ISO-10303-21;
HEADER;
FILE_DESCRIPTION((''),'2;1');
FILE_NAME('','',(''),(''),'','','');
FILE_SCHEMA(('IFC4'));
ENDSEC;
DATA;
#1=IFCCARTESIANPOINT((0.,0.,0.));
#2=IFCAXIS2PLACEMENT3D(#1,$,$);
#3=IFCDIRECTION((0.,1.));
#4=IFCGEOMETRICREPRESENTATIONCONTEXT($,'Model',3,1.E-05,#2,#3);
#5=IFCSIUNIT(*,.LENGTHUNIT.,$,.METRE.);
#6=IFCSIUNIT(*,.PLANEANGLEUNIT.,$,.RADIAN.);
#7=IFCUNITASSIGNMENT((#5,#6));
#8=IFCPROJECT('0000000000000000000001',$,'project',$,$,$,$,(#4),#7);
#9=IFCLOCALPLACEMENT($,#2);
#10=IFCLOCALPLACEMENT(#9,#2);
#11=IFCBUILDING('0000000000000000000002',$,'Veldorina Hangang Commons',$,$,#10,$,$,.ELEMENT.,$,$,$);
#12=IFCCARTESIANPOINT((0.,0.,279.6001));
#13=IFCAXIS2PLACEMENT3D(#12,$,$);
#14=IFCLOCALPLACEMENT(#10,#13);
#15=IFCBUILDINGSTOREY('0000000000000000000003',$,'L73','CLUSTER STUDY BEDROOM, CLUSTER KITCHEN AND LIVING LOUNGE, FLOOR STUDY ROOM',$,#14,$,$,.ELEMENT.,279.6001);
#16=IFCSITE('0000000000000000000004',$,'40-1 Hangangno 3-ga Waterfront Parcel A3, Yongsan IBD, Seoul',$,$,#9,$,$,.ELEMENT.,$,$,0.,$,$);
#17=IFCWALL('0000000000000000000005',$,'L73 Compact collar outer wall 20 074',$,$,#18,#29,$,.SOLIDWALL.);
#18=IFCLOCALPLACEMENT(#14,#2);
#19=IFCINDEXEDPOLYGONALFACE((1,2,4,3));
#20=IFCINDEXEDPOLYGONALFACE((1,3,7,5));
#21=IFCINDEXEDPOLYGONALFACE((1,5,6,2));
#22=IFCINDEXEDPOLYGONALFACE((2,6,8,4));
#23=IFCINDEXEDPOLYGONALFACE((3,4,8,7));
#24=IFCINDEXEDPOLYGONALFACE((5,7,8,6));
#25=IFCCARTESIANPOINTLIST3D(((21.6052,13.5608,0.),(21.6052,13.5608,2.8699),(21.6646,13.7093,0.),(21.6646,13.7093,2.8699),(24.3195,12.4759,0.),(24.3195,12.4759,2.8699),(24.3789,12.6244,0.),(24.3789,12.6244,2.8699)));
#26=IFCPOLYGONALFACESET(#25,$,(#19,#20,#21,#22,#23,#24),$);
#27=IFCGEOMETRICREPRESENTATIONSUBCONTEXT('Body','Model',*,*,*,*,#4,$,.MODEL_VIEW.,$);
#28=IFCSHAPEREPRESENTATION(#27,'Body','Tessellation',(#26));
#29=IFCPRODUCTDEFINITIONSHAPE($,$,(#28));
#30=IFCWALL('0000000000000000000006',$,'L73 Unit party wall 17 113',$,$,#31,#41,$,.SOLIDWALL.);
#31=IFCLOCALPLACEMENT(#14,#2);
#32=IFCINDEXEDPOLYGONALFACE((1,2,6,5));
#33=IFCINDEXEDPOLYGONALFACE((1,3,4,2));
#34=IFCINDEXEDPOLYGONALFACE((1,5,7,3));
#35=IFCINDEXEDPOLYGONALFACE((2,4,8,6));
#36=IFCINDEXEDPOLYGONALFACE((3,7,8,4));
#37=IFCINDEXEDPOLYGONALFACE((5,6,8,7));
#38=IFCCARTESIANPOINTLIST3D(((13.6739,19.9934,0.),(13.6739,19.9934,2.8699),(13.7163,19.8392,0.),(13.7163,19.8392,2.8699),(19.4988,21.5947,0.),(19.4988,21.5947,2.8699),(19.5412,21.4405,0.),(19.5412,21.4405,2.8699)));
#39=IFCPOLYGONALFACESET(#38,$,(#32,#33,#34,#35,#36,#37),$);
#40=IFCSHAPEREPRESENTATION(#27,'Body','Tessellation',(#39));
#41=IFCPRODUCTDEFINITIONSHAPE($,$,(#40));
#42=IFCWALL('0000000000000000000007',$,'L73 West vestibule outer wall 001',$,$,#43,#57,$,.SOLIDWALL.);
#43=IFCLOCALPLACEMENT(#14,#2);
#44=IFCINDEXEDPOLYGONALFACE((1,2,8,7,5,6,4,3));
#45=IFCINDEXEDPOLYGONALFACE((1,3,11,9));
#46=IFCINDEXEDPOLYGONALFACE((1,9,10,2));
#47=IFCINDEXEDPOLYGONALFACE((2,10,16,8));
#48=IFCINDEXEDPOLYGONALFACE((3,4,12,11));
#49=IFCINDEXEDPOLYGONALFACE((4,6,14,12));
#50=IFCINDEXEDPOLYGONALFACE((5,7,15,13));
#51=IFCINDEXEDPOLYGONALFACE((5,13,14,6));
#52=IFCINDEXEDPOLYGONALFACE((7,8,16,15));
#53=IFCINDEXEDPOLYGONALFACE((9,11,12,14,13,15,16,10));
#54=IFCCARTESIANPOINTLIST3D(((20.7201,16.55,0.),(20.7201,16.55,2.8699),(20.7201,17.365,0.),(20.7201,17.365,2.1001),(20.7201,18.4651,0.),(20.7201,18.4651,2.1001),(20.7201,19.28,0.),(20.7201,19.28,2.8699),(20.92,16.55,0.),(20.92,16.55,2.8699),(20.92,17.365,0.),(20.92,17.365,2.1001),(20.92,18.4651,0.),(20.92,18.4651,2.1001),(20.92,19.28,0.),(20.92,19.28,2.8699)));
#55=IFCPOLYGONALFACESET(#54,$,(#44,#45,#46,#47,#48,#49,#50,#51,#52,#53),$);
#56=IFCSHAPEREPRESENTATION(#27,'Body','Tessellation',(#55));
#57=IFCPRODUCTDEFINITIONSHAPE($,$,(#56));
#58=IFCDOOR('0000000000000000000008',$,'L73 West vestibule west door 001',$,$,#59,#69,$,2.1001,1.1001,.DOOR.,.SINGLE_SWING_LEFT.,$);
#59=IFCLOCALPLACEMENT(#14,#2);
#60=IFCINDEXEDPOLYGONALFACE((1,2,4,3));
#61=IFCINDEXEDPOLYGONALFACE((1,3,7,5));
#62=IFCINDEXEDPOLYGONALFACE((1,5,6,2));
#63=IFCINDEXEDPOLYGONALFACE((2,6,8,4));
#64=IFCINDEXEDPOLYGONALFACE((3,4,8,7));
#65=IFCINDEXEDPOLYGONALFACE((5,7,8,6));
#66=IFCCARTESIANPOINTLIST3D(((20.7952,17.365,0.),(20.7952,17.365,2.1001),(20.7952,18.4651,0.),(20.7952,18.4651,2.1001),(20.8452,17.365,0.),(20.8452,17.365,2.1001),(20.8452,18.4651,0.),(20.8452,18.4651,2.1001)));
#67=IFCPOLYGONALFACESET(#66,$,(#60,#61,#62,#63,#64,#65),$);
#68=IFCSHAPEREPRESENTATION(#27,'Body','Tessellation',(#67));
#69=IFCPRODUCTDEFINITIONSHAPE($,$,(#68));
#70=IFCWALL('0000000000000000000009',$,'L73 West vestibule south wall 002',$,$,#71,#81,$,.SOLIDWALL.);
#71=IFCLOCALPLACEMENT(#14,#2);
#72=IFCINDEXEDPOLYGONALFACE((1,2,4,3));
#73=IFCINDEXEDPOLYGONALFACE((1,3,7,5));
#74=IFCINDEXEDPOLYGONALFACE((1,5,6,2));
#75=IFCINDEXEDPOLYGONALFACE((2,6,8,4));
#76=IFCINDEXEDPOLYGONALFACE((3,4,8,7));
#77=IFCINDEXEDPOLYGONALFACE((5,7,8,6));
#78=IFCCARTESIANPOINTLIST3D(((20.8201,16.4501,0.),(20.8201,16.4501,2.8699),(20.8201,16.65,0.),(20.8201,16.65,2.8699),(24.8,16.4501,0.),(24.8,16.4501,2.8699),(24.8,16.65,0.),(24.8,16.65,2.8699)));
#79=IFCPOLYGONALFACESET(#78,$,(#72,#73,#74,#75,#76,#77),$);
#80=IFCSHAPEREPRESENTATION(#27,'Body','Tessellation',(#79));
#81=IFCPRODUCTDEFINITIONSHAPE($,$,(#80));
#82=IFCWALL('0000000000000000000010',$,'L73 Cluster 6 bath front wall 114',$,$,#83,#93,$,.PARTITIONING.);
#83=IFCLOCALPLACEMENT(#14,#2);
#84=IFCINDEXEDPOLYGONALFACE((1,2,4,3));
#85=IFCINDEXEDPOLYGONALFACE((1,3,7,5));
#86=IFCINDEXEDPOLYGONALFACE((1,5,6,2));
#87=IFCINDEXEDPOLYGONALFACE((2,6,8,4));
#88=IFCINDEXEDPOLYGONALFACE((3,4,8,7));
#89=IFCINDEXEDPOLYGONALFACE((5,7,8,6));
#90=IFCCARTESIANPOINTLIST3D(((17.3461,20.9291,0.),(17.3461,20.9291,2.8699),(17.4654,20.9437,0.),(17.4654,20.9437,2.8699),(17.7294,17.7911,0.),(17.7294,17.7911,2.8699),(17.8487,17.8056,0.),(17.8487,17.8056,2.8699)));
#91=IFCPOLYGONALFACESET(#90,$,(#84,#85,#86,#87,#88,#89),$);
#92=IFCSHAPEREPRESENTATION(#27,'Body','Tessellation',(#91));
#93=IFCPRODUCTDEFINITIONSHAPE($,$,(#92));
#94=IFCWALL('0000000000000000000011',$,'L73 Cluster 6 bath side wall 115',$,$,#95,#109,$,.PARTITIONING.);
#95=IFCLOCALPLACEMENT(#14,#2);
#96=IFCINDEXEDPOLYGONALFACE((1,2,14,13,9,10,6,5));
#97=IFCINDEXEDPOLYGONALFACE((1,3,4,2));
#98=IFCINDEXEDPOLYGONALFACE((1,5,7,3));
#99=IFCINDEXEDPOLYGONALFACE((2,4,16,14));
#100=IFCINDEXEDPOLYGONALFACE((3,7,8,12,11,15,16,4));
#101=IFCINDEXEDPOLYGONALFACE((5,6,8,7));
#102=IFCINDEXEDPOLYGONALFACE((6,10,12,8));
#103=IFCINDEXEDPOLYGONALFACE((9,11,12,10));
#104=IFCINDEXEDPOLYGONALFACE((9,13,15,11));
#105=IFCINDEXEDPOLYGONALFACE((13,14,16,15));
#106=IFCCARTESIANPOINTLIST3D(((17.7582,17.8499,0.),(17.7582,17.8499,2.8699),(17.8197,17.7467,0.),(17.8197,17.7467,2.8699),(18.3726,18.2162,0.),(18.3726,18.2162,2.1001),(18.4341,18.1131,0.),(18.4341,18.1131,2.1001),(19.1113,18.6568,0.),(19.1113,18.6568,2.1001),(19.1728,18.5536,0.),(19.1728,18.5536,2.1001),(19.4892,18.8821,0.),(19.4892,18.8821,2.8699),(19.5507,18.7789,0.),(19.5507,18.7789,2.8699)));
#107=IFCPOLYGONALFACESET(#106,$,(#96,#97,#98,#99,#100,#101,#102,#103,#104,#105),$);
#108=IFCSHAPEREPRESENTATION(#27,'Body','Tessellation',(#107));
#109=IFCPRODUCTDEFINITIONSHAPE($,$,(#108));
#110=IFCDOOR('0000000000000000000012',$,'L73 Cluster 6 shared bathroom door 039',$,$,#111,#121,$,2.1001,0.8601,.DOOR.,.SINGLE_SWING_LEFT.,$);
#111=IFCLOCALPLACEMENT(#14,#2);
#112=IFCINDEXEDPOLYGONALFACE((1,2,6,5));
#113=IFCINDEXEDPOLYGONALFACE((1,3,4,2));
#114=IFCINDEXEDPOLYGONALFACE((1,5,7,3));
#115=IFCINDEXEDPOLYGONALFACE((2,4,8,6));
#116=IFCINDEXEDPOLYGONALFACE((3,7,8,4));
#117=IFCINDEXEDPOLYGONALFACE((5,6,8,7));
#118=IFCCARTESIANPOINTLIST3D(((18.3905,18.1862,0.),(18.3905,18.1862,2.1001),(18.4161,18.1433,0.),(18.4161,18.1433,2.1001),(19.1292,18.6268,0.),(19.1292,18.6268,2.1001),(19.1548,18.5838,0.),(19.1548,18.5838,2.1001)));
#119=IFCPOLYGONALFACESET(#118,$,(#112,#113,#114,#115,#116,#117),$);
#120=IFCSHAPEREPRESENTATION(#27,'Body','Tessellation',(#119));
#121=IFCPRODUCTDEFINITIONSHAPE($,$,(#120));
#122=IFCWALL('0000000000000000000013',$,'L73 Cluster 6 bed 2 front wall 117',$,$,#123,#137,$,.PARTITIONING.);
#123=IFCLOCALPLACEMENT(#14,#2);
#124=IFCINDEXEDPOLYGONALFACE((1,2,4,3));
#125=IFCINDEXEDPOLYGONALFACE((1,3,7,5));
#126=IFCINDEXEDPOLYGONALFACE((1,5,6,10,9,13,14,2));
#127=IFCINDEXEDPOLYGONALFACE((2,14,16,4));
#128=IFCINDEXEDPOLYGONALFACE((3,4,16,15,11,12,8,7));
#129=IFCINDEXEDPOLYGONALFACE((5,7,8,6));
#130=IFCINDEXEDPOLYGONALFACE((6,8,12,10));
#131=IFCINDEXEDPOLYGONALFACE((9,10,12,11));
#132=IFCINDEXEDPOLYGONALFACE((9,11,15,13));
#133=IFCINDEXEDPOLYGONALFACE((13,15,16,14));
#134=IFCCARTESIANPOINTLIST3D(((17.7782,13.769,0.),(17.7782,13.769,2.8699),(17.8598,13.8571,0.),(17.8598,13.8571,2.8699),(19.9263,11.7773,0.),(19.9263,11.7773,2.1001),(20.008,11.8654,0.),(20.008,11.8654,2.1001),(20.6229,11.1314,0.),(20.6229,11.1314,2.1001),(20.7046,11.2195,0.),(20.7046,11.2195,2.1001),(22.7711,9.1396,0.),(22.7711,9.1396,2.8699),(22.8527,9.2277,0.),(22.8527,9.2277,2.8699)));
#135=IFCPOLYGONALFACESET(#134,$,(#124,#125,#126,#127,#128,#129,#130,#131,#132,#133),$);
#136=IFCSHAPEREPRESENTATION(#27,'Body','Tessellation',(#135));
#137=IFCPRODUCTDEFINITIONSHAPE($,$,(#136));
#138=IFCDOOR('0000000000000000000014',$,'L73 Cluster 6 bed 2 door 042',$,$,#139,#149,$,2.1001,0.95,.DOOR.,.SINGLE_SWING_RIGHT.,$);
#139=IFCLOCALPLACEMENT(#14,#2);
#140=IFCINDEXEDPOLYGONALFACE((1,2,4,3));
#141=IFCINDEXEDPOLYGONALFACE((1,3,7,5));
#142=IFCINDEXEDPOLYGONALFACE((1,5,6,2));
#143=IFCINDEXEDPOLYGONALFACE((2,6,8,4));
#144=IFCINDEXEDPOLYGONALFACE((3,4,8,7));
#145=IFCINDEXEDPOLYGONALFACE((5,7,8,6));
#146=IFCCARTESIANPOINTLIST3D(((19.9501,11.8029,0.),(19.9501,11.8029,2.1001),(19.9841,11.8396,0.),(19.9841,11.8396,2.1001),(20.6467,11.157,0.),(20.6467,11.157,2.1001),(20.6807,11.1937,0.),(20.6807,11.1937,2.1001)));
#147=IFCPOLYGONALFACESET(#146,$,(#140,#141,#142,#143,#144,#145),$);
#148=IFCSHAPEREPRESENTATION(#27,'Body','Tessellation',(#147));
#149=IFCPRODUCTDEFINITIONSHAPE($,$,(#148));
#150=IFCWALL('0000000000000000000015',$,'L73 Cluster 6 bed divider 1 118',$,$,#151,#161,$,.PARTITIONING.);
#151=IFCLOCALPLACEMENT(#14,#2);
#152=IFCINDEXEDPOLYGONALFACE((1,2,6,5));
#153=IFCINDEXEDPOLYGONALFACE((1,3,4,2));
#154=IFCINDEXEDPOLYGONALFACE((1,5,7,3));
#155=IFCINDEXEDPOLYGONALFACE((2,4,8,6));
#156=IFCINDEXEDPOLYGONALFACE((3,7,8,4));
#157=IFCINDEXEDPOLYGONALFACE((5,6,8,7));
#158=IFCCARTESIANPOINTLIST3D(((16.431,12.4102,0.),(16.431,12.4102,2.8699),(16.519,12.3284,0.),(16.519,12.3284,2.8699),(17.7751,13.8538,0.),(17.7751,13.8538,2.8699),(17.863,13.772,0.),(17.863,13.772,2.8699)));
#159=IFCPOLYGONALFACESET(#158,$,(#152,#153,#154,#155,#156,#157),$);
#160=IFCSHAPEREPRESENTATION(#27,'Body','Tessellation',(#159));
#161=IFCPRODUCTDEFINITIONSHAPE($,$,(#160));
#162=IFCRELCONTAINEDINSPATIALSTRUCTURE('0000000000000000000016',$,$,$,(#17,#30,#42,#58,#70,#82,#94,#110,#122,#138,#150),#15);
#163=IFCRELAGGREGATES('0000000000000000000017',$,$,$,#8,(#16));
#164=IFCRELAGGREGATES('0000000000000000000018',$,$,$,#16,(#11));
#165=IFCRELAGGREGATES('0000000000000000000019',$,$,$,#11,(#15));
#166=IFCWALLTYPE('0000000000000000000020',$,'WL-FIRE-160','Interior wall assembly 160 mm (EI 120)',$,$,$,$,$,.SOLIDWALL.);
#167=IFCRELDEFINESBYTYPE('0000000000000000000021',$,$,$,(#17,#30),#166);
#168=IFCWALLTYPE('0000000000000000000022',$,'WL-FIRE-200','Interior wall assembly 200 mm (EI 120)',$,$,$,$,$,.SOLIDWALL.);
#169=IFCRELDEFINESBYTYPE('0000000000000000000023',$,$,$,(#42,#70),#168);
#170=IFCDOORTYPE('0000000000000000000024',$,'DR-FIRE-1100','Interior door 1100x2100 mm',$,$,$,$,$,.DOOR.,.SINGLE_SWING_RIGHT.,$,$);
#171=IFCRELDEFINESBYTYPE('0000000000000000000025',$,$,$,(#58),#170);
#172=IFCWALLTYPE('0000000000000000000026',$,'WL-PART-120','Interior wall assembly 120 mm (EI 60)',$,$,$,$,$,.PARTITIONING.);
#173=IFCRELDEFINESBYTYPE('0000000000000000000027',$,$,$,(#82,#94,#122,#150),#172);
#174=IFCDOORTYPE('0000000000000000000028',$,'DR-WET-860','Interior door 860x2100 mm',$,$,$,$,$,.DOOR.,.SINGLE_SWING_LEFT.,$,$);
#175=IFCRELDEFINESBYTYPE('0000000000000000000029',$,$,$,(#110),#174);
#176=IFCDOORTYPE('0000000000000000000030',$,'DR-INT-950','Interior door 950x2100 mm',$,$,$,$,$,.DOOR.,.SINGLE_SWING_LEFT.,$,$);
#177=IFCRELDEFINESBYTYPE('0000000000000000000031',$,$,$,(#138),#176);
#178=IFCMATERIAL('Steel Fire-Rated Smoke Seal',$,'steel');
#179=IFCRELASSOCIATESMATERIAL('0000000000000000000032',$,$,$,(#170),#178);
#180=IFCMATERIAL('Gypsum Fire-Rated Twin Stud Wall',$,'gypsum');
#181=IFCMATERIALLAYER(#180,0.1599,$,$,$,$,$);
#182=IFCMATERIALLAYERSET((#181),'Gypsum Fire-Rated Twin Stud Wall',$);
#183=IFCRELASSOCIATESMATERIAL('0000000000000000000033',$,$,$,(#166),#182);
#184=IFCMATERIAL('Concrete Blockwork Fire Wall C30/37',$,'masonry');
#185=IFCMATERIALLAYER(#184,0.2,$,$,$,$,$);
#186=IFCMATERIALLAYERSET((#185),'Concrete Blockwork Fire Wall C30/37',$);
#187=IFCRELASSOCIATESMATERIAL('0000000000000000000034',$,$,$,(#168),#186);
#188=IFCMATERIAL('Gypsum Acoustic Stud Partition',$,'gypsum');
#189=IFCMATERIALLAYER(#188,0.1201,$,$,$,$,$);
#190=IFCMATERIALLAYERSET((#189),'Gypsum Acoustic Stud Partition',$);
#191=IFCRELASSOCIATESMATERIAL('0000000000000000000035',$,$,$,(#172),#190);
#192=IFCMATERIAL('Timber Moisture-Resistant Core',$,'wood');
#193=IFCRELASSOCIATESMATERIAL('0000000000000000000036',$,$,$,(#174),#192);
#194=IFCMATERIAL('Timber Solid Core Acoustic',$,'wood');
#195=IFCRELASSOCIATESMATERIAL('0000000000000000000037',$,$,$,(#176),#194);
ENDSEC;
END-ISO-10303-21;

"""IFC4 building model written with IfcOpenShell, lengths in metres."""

from ifc_helpers import new_model, si_unit, direction, frame, frame_2d, origin, place, context, subcontext, project, spatial, rectangle, extrude, material, layer, layer_set, type_object, element, fill, save


model = new_model("IFC4")

# Units and contexts
model_context = context("Model", 3, precision=1e-05, world=origin(), true_north=direction((0.0, 1.0)))
body_context = subcontext(model_context, "Body", "Model", "MODEL_VIEW")
ifc_project = project(units=[si_unit("LENGTHUNIT", "METRE"), si_unit("PLANEANGLEUNIT", "RADIAN")], contexts=[model_context])

# Site, building, storey
site_placement = place(None, origin())
site = spatial("IfcSite", under=ifc_project, at=site_placement, Name="40-1 Hangangno 3-ga Waterfront Parcel A3, Yongsan IBD, Seoul", CompositionType="ELEMENT", RefElevation=0.0)
building_placement = place(site_placement, origin())
building = spatial("IfcBuilding", under=site, at=building_placement, Name="Veldorina Hangang Commons", CompositionType="ELEMENT")
storey_placement = place(building_placement, frame((0.0, 0.0, 279.6001)))
storey = spatial("IfcBuildingStorey", under=building, at=storey_placement, Name="L73", Description="CLUSTER STUDY BEDROOM, CLUSTER KITCHEN AND LIVING LOUNGE, FLOOR STUDY ROOM", CompositionType="ELEMENT", Elevation=279.6001)

# Shared definitions
ifc_material_1 = material(Name="Steel Fire-Rated Smoke Seal", Category="steel")
door_type_1 = type_object("IfcDoorType", Name="DR-FIRE-1100", Description="Interior door 1100x2100 mm", OperationType="SINGLE_SWING_RIGHT", PredefinedType="DOOR", material=ifc_material_1)

# Shared definitions
ifc_material_2 = material(Name="Gypsum Fire-Rated Twin Stud Wall", Category="gypsum")
ifc_layer_1 = layer(ifc_material_2, 0.1599)
ifc_layer_set_1 = layer_set([ifc_layer_1], Name="Gypsum Fire-Rated Twin Stud Wall")
wall_type_1 = type_object("IfcWallType", Name="WL-FIRE-160", Description="Interior wall assembly 160 mm (EI 120)", PredefinedType="SOLIDWALL", material=ifc_layer_set_1)

# Walls
wall_1_placement = place(storey_placement, frame((21.635, 13.635, 0.0), z_axis=(0.0, 0.0, 1.0), x_axis=(0.928569, -0.37116, 0.0)))
element("IfcWall", 1, at=wall_1_placement, inside=storey, type_object=wall_type_1, Name="L73 Compact collar outer wall 20 074", PredefinedType="SOLIDWALL", context=body_context, shape_type="SweptSolid", body=[
    extrude(rectangle(XDim=2.9231, YDim=0.1599, at=frame_2d((1.4614, 0.0))), origin(), (0.0, 0.0, 1.0), 2.8699),
])
wall_2_placement = place(storey_placement, frame((19.52, 21.5176, 0.0), z_axis=(0.0, 0.0, 1.0), x_axis=(-0.964228, -0.265073, 0.0)))
element("IfcWall", 2, at=wall_2_placement, inside=storey, type_object=wall_type_1, Name="L73 Unit party wall 17 113", PredefinedType="SOLIDWALL", context=body_context, shape_type="SweptSolid", body=[
    extrude(rectangle(XDim=6.041, YDim=0.1599, at=frame_2d((3.0205, 0.0))), origin(), (0.0, 0.0, 1.0), 2.8699),
])

# Wall, opening, door
ifc_material_3 = material(Name="Concrete Blockwork Fire Wall C30/37", Category="masonry")
ifc_layer_2 = layer(ifc_material_3, 0.2)
ifc_layer_set_2 = layer_set([ifc_layer_2], Name="Concrete Blockwork Fire Wall C30/37")
wall_type_2 = type_object("IfcWallType", Name="WL-FIRE-200", Description="Interior wall assembly 200 mm (EI 120)", PredefinedType="SOLIDWALL", material=ifc_layer_set_2)
wall_3_placement = place(storey_placement, frame((20.8201, 16.55, 0.0), z_axis=(0.0, 0.0, 1.0), x_axis=(0.0, 1.0, 0.0)))
wall_3 = element("IfcWall", 3, at=wall_3_placement, inside=storey, type_object=wall_type_2, Name="L73 West vestibule outer wall 001", PredefinedType="SOLIDWALL", context=body_context, shape_type="SweptSolid", body=[
    extrude(rectangle(XDim=2.73, YDim=0.2, at=frame_2d((1.365, 0.0))), origin(), (0.0, 0.0, 1.0), 2.8699),
])
opening_1_placement = place(wall_3_placement, frame((0.8149, 0.0, 0.0)))
opening_1 = element("IfcOpeningElement", 4, at=opening_1_placement, cuts=wall_3, PredefinedType="OPENING", context=body_context, shape_type="SweptSolid", body=[
    extrude(rectangle(XDim=1.1001, YDim=2.1001, at=frame_2d((0.55, 1.05))), frame((0.0, 0.1099, 0.0), z_axis=(0.0, -1.0, 0.0), x_axis=(1.0, 0.0, 0.0)), (0.0, 0.0, 1.0), 0.22),
])
door_1_placement = place(opening_1_placement, origin())
door_1 = element("IfcDoor", 5, at=door_1_placement, inside=storey, type_object=door_type_1, Name="L73 West vestibule west door 001", OperationType="SINGLE_SWING_LEFT", OverallHeight=2.1001, OverallWidth=1.1001, PredefinedType="DOOR", context=body_context, shape_type="SweptSolid", body=[
    extrude(rectangle(XDim=1.1001, YDim=2.1001, at=frame_2d((0.55, 1.05))), frame((0.0, 0.0249, 0.0), z_axis=(0.0, -1.0, 0.0), x_axis=(1.0, 0.0, 0.0)), (0.0, 0.0, 1.0), 0.05),
])
fill(opening_1, door_1)

# Walls
wall_4_placement = place(storey_placement, frame((20.8201, 16.55, 0.0), z_axis=(0.0, 0.0, 1.0), x_axis=(1.0, 0.0, 0.0)))
element("IfcWall", 6, at=wall_4_placement, inside=storey, type_object=wall_type_2, Name="L73 West vestibule south wall 002", PredefinedType="SOLIDWALL", context=body_context, shape_type="SweptSolid", body=[
    extrude(rectangle(XDim=3.98, YDim=0.2, at=frame_2d((1.99, 0.0))), origin(), (0.0, 0.0, 1.0), 2.8699),
])
ifc_material_4 = material(Name="Gypsum Acoustic Stud Partition", Category="gypsum")
ifc_layer_3 = layer(ifc_material_4, 0.1201)
ifc_layer_set_3 = layer_set([ifc_layer_3], Name="Gypsum Acoustic Stud Partition")
wall_type_3 = type_object("IfcWallType", Name="WL-PART-120", Description="Interior wall assembly 120 mm (EI 60)", PredefinedType="PARTITIONING", material=ifc_layer_set_3)
wall_5_placement = place(storey_placement, frame((17.4058, 20.9363, 0.0), z_axis=(0.0, 0.0, 1.0), x_axis=(0.121249, -0.992622, 0.0)))
element("IfcWall", 7, at=wall_5_placement, inside=storey, type_object=wall_type_3, Name="L73 Cluster 6 bath front wall 114", PredefinedType="PARTITIONING", context=body_context, shape_type="SweptSolid", body=[
    extrude(rectangle(XDim=3.1614, YDim=0.1201, at=frame_2d((1.5806, 0.0))), origin(), (0.0, 0.0, 1.0), 2.8699),
])

# Walls, openings, doors
wall_6_placement = place(storey_placement, frame((19.52, 18.8306, 0.0), z_axis=(0.0, 0.0, 1.0), x_axis=(-0.858879, -0.512178, 0.0)))
wall_6 = element("IfcWall", 8, at=wall_6_placement, inside=storey, type_object=wall_type_3, Name="L73 Cluster 6 bath side wall 115", PredefinedType="PARTITIONING", context=body_context, shape_type="SweptSolid", body=[
    extrude(rectangle(XDim=2.0154, YDim=0.1201, at=frame_2d((1.0078, 0.0))), origin(), (0.0, 0.0, 1.0), 2.8699),
])
opening_2_placement = place(wall_6_placement, frame((0.4399, 0.0, 0.0)))
opening_2 = element("IfcOpeningElement", 9, at=opening_2_placement, cuts=wall_6, PredefinedType="OPENING", context=body_context, shape_type="SweptSolid", body=[
    extrude(rectangle(XDim=0.8601, YDim=2.1001, at=frame_2d((0.4302, 1.05))), frame((0.0, 0.0701, 0.0), z_axis=(0.0, -1.0, 0.0), x_axis=(1.0, 0.0, 0.0)), (0.0, 0.0, 1.0), 0.1401),
])
ifc_material_5 = material(Name="Timber Moisture-Resistant Core", Category="wood")
door_type_2 = type_object("IfcDoorType", Name="DR-WET-860", Description="Interior door 860x2100 mm", OperationType="SINGLE_SWING_LEFT", PredefinedType="DOOR", material=ifc_material_5)
door_2_placement = place(opening_2_placement, origin())
door_2 = element("IfcDoor", 10, at=door_2_placement, inside=storey, type_object=door_type_2, Name="L73 Cluster 6 shared bathroom door 039", OperationType="SINGLE_SWING_LEFT", OverallHeight=2.1001, OverallWidth=0.8601, PredefinedType="DOOR", context=body_context, shape_type="SweptSolid", body=[
    extrude(rectangle(XDim=0.8601, YDim=2.1001, at=frame_2d((0.4302, 1.05))), frame((0.0, 0.0249, 0.0), z_axis=(0.0, -1.0, 0.0), x_axis=(1.0, 0.0, 0.0)), (0.0, 0.0, 1.0), 0.05),
])
fill(opening_2, door_2)
wall_7_placement = place(storey_placement, frame((17.8191, 13.813, 0.0), z_axis=(0.0, 0.0, 1.0), x_axis=(0.733298, -0.679908, 0.0)))
wall_7 = element("IfcWall", 11, at=wall_7_placement, inside=storey, type_object=wall_type_3, Name="L73 Cluster 6 bed 2 front wall 117", PredefinedType="PARTITIONING", context=body_context, shape_type="SweptSolid", body=[
    extrude(rectangle(XDim=6.8088, YDim=0.1201, at=frame_2d((3.4043, 0.0))), origin(), (0.0, 0.0, 1.0), 2.8699),
])
opening_3_placement = place(wall_7_placement, frame((2.9292, 0.0, 0.0)))
opening_3 = element("IfcOpeningElement", 12, at=opening_3_placement, cuts=wall_7, PredefinedType="OPENING", context=body_context, shape_type="SweptSolid", body=[
    extrude(rectangle(XDim=0.95, YDim=2.1001, at=frame_2d((0.4751, 1.05))), frame((0.0, 0.0701, 0.0), z_axis=(0.0, -1.0, 0.0), x_axis=(1.0, 0.0, 0.0)), (0.0, 0.0, 1.0), 0.1401),
])
ifc_material_6 = material(Name="Timber Solid Core Acoustic", Category="wood")
door_type_3 = type_object("IfcDoorType", Name="DR-INT-950", Description="Interior door 950x2100 mm", OperationType="SINGLE_SWING_LEFT", PredefinedType="DOOR", material=ifc_material_6)
door_3_placement = place(opening_3_placement, origin())
door_3 = element("IfcDoor", 13, at=door_3_placement, inside=storey, type_object=door_type_3, Name="L73 Cluster 6 bed 2 door 042", OperationType="SINGLE_SWING_RIGHT", OverallHeight=2.1001, OverallWidth=0.95, PredefinedType="DOOR", context=body_context, shape_type="SweptSolid", body=[
    extrude(rectangle(XDim=0.95, YDim=2.1001, at=frame_2d((0.4751, 1.05))), frame((0.0, 0.0249, 0.0), z_axis=(0.0, -1.0, 0.0), x_axis=(1.0, 0.0, 0.0)), (0.0, 0.0, 1.0), 0.05),
])
fill(opening_3, door_3)

# Wall
wall_8_placement = place(storey_placement, frame((17.8191, 13.813, 0.0), z_axis=(0.0, 0.0, 1.0), x_axis=(-0.681405, -0.731907, 0.0)))
element("IfcWall", 14, at=wall_8_placement, inside=storey, type_object=wall_type_3, Name="L73 Cluster 6 bed divider 1 118", PredefinedType="PARTITIONING", context=body_context, shape_type="SweptSolid", body=[
    extrude(rectangle(XDim=1.9724, YDim=0.1201, at=frame_2d((0.9863, 0.0))), origin(), (0.0, 0.0, 1.0), 2.8699),
])

save(model, "model.ifc")
